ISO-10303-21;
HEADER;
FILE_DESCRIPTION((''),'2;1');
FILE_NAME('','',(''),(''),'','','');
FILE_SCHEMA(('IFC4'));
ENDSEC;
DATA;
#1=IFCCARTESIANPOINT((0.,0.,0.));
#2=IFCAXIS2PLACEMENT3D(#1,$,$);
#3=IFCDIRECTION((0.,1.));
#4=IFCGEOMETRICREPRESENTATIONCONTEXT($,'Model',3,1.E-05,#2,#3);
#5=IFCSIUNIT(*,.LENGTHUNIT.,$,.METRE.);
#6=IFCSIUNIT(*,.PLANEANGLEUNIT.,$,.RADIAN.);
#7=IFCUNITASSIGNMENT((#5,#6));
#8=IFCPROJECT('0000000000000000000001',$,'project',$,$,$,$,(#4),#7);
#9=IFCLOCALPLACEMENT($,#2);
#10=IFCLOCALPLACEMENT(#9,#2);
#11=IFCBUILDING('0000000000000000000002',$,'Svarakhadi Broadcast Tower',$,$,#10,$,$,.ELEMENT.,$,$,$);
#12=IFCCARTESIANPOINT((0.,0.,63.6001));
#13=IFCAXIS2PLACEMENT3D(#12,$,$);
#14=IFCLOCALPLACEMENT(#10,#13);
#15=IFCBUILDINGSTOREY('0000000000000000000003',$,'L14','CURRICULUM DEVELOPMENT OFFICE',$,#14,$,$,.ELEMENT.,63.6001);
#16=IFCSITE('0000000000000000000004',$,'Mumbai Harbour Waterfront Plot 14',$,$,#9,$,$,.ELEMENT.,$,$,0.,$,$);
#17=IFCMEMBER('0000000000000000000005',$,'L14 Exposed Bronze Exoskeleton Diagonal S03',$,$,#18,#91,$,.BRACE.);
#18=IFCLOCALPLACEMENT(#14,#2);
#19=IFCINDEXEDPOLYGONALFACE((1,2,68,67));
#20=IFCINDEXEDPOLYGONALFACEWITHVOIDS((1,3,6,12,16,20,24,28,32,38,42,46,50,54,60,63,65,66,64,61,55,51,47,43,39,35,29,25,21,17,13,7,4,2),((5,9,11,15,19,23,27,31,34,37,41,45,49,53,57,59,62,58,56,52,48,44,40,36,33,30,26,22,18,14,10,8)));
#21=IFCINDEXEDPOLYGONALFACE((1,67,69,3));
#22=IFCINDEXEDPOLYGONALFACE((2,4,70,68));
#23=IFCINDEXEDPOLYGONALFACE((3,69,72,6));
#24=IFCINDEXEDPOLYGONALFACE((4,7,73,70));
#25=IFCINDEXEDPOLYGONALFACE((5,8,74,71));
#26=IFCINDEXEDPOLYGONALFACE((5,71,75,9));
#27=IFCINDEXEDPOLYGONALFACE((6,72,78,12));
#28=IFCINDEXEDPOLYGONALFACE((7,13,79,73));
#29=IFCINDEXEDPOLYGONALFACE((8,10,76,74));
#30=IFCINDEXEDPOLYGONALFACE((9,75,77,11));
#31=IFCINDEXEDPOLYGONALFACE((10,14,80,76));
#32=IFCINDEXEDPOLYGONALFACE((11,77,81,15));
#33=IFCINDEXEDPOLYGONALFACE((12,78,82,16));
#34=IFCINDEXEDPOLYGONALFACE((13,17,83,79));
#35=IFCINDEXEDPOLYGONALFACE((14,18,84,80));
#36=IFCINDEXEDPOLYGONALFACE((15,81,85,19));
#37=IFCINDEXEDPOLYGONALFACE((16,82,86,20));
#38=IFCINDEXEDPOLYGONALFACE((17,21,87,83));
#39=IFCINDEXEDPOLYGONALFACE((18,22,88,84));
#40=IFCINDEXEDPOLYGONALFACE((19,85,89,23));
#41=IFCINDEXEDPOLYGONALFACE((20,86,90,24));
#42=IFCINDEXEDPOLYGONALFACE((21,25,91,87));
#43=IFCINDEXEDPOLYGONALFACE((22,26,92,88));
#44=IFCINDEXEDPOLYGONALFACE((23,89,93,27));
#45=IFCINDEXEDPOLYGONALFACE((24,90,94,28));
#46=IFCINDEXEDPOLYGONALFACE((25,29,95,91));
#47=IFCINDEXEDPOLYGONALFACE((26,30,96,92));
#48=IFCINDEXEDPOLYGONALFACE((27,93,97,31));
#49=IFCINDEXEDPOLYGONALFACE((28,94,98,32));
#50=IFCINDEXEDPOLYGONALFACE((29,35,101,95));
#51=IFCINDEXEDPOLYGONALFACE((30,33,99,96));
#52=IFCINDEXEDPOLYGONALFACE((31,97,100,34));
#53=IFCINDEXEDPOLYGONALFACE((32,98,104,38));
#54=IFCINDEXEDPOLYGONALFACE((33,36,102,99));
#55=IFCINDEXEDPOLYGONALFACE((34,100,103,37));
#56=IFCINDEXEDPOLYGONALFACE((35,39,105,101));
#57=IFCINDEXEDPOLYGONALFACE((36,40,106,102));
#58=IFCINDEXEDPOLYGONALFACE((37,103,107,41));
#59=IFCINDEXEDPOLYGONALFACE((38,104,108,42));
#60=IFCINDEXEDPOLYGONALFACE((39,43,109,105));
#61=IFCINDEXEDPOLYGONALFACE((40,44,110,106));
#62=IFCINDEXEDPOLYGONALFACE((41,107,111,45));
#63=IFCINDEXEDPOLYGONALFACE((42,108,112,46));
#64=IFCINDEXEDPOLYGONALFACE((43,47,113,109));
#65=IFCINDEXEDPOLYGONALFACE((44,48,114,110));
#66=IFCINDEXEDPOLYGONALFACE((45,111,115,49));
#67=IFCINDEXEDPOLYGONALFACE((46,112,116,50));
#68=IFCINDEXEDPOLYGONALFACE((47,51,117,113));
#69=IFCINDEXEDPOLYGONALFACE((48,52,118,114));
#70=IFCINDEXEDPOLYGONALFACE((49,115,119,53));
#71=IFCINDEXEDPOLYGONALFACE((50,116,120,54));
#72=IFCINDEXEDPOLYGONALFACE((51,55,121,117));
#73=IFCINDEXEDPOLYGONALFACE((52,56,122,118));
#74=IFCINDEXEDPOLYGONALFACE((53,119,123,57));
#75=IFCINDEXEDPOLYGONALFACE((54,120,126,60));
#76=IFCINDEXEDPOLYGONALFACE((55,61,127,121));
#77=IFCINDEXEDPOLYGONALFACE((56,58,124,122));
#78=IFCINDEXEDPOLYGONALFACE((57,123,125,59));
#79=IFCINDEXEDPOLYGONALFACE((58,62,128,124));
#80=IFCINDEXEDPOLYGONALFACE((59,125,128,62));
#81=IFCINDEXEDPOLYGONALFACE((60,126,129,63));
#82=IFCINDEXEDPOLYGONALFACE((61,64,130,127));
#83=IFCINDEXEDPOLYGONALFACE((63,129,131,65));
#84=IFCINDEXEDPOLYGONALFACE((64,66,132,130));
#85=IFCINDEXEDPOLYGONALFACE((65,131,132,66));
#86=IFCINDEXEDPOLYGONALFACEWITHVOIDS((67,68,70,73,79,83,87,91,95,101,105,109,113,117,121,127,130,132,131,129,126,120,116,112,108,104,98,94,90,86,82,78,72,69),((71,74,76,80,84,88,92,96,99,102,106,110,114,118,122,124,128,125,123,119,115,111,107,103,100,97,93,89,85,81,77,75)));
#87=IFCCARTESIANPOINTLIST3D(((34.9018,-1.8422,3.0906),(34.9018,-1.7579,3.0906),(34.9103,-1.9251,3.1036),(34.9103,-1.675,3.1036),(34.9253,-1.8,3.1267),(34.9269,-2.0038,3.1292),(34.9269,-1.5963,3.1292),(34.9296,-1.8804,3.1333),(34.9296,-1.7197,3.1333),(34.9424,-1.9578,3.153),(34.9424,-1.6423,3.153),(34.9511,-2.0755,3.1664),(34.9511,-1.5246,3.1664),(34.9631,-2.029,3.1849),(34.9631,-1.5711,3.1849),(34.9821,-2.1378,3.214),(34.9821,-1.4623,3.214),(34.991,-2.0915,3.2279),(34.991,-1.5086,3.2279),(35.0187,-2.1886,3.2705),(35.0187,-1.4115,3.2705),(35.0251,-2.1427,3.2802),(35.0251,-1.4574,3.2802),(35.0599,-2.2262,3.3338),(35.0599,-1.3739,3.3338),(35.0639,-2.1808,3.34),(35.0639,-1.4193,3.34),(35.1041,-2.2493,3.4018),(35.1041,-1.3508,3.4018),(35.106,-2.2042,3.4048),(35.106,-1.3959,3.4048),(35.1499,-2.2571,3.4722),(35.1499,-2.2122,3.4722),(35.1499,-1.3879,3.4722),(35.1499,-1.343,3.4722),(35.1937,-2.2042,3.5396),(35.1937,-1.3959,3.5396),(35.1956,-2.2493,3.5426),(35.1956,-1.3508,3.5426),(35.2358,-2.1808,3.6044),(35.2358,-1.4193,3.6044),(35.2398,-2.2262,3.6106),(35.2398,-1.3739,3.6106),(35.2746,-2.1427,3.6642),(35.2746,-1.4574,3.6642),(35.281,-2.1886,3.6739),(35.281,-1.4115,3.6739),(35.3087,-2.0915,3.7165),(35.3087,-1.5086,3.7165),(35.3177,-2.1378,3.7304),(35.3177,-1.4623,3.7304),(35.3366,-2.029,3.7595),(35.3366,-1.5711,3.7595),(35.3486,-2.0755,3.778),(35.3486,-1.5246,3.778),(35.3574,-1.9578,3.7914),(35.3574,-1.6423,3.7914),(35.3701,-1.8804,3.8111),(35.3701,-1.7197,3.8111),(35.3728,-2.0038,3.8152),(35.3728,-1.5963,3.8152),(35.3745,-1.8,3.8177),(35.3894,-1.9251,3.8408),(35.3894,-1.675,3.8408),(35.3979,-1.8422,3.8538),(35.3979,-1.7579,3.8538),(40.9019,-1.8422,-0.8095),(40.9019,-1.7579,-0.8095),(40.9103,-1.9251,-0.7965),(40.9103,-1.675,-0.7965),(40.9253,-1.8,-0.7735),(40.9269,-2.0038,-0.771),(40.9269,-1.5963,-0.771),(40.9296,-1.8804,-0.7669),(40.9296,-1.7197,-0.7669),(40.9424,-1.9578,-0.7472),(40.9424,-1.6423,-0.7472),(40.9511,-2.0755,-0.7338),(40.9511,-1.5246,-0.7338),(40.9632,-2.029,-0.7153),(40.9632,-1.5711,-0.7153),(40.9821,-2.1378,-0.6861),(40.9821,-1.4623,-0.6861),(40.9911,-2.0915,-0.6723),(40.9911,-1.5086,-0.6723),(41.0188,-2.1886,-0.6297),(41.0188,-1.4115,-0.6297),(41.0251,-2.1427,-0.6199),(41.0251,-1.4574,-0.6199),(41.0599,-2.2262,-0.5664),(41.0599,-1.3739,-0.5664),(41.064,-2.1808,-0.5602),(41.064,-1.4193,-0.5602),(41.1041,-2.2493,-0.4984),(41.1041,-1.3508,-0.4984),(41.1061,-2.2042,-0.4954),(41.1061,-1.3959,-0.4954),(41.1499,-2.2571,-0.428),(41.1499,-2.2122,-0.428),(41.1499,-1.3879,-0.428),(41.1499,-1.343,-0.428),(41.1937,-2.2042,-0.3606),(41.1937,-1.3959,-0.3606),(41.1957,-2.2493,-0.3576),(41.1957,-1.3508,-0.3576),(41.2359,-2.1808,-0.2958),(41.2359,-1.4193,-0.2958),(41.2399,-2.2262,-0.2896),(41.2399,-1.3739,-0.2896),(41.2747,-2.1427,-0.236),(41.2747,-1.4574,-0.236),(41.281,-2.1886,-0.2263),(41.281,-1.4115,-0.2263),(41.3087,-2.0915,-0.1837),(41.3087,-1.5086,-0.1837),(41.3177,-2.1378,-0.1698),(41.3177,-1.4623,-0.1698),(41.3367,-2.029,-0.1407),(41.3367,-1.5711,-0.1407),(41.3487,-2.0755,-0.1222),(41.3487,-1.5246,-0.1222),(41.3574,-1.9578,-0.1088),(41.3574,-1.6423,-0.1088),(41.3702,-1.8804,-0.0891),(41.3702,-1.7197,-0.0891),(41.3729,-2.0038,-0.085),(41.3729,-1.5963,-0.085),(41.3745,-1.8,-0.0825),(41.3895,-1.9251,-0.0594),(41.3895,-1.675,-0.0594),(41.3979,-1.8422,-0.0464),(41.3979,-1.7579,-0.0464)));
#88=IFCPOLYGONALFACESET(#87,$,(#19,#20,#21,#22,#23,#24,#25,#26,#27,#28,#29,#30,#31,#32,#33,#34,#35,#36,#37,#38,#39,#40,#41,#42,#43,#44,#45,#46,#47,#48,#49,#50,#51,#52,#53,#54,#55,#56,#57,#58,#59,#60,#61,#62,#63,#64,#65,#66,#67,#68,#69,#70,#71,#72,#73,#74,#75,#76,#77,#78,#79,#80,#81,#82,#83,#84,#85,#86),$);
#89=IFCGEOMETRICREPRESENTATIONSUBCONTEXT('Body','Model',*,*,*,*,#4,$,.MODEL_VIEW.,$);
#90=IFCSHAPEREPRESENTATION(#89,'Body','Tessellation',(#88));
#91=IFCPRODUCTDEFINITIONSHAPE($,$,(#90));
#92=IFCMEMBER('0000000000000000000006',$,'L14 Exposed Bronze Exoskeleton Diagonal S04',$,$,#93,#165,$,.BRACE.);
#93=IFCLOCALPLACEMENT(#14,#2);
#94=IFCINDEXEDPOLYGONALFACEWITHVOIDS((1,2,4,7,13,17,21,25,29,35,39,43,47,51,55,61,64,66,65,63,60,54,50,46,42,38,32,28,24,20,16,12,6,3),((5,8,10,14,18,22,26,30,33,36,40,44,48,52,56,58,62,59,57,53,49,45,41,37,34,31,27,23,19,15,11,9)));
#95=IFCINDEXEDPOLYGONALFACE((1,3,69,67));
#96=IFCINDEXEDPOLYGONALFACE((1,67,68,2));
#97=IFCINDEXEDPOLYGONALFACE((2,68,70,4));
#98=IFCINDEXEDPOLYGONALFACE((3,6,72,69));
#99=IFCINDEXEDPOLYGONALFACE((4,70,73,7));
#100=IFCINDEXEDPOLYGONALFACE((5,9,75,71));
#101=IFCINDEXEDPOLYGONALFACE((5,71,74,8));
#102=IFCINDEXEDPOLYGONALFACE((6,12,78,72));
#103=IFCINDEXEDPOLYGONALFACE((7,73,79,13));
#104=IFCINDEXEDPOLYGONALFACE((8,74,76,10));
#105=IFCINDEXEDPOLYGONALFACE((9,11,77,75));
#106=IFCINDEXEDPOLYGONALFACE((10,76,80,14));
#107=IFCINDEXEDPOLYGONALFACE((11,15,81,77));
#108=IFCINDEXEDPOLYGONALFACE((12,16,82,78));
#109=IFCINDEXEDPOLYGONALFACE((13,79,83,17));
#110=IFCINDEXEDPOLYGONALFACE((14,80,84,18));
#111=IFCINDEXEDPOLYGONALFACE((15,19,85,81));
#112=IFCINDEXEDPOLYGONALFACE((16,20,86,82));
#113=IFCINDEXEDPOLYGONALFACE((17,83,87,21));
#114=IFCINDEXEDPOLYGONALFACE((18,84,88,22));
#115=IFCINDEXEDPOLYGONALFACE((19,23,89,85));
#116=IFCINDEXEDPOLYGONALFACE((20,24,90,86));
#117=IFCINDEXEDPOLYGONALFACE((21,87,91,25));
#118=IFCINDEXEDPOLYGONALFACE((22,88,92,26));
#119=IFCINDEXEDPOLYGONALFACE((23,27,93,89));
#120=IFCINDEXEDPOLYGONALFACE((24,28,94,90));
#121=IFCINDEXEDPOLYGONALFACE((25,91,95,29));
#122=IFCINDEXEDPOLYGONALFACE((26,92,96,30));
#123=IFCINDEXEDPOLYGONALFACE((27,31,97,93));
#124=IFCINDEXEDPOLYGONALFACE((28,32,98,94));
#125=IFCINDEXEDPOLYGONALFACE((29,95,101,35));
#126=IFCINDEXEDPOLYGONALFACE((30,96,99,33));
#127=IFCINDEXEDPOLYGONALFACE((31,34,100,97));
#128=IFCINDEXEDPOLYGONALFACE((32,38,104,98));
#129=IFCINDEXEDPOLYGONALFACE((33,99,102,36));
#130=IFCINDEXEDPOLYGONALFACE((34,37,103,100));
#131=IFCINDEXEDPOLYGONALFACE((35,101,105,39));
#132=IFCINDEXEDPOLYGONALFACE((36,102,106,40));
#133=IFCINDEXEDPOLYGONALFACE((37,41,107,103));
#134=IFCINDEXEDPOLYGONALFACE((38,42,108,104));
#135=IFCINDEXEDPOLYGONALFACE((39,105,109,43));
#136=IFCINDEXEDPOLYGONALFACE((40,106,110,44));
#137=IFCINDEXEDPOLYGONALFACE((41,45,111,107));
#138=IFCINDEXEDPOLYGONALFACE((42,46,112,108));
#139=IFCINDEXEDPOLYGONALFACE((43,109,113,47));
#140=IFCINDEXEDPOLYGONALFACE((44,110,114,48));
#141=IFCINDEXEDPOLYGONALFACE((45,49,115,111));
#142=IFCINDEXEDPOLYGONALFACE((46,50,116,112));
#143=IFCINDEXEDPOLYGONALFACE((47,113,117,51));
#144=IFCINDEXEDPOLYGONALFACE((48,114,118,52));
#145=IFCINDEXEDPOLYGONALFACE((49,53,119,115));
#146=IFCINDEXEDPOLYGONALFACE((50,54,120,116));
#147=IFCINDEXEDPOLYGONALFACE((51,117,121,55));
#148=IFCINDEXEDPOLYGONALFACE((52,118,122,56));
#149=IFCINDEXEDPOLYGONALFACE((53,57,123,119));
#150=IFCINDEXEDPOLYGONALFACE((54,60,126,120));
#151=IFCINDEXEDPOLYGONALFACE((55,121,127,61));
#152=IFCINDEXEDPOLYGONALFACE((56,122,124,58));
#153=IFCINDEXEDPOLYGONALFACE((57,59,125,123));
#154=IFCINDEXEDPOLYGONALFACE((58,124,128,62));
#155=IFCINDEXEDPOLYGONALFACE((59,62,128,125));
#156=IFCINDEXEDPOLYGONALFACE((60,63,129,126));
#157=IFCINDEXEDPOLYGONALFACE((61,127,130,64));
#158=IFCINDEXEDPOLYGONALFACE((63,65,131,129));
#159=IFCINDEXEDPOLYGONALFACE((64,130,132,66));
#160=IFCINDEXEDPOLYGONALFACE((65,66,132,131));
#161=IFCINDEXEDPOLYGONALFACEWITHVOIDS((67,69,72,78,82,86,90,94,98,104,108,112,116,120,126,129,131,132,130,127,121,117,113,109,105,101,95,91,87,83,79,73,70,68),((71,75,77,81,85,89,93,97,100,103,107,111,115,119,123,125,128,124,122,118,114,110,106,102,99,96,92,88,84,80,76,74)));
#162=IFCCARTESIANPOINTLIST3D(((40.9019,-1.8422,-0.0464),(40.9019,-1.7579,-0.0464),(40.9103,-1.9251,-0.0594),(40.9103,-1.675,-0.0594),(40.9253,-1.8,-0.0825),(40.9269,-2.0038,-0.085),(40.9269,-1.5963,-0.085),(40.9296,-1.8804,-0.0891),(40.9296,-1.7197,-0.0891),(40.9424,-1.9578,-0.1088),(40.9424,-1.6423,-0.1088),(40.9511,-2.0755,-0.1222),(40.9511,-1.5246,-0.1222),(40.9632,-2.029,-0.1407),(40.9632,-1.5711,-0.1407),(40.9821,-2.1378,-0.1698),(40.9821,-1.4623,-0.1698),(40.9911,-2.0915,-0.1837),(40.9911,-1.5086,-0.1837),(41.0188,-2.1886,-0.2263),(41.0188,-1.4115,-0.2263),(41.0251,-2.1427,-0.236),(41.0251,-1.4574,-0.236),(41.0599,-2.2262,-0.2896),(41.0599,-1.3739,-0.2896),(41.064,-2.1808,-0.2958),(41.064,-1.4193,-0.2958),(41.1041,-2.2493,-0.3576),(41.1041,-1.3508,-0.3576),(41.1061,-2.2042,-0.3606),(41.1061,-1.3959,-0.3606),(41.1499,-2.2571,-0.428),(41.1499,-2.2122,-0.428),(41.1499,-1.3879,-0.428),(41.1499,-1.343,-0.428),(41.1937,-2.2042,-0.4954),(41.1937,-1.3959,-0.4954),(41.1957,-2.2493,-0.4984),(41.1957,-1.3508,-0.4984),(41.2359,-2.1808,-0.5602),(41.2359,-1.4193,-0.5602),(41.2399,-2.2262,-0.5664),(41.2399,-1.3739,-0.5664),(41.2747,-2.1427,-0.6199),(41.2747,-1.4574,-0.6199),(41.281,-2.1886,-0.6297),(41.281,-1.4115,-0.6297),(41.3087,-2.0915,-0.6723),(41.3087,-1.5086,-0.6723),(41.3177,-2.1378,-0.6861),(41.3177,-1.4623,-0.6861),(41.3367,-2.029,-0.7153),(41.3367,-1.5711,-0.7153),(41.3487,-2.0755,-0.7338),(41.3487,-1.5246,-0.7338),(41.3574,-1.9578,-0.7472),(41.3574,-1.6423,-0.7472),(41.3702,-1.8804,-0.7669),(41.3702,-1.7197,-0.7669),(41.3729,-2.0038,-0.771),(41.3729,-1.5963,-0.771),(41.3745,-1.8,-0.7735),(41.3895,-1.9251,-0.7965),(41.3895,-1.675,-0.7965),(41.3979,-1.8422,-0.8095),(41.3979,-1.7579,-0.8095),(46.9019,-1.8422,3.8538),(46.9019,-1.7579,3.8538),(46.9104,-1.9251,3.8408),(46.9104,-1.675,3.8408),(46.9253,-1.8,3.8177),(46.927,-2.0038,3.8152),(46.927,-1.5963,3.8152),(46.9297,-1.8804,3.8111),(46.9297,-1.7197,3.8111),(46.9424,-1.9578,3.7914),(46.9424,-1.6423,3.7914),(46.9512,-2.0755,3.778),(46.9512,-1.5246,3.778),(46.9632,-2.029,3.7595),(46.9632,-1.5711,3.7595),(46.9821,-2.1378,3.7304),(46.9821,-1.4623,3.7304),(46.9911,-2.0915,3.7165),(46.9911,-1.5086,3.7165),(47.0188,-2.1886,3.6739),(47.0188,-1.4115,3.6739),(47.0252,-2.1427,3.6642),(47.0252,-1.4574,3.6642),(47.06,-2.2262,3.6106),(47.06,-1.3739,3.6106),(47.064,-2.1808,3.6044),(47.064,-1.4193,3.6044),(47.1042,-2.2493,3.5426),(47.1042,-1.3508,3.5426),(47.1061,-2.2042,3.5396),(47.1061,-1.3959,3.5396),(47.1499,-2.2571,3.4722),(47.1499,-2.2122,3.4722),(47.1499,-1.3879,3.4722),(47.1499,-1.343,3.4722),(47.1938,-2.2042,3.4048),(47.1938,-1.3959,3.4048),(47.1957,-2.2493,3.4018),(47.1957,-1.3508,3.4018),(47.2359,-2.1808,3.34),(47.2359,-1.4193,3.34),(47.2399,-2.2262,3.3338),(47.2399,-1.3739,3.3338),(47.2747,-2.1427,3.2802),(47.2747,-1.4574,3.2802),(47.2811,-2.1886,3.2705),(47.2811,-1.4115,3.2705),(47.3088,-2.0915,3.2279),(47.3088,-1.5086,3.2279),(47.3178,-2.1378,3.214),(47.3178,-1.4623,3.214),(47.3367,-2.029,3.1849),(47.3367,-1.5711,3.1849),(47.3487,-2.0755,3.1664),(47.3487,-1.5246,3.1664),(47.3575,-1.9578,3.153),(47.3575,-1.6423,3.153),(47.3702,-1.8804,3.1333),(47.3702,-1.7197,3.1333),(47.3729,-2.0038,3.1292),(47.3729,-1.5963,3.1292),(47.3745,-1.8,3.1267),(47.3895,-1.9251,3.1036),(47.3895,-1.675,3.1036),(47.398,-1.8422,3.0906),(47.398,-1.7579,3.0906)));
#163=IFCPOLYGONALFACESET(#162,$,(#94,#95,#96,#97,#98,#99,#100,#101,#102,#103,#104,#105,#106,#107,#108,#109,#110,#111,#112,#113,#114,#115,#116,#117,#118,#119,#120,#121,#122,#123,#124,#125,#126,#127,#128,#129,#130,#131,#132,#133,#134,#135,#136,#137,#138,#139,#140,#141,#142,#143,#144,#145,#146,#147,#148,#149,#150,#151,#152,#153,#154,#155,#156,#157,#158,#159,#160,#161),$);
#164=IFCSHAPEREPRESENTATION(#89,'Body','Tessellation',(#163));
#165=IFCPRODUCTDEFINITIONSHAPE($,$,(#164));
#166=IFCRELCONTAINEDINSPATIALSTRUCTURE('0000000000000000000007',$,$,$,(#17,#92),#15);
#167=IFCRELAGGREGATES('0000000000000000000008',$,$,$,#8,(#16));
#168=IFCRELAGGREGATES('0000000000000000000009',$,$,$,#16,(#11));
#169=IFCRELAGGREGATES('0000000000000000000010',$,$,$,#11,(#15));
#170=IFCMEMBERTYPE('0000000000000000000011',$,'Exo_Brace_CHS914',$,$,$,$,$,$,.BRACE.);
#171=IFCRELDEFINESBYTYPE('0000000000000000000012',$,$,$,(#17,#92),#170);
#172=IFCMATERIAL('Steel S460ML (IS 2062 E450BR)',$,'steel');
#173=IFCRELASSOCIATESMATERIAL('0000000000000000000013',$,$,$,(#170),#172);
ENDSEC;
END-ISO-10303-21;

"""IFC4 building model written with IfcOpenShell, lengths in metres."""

from ifc_helpers import new_model, si_unit, direction, frame, origin, origin_2d, place, context, subcontext, project, spatial, hollow_circle, extrude, material, material_profile, profile_set, type_object, element, save


model = new_model("IFC4")

# Units and contexts
model_context = context("Model", 3, precision=1e-05, world=origin(), true_north=direction((0.0, 1.0)))
body_context = subcontext(model_context, "Body", "Model", "MODEL_VIEW")
ifc_project = project(units=[si_unit("LENGTHUNIT", "METRE"), si_unit("PLANEANGLEUNIT", "RADIAN")], contexts=[model_context])

# Site, building, storey
site_placement = place(None, origin())
site = spatial("IfcSite", under=ifc_project, at=site_placement, Name="Mumbai Harbour Waterfront Plot 14", CompositionType="ELEMENT", RefElevation=0.0)
building_placement = place(site_placement, origin())
building = spatial("IfcBuilding", under=site, at=building_placement, Name="Svarakhadi Broadcast Tower", CompositionType="ELEMENT")
storey_placement = place(building_placement, frame((0.0, 0.0, 63.6001)))
storey = spatial("IfcBuildingStorey", under=building, at=storey_placement, Name="L14", Description="CURRICULUM DEVELOPMENT OFFICE", CompositionType="ELEMENT", Elevation=63.6001)

# Shared definitions
ifc_material_1 = material(Name="Steel S460ML (IS 2062 E450BR)", Category="steel")

# Members
ifc_material_profile_1 = material_profile(ifc_material_1, hollow_circle(Radius=0.457, WallThickness=0.0449, at=origin_2d()), Name="CHS 914x45")
ifc_profile_set_1 = profile_set([ifc_material_profile_1], Name="Steel S460ML (IS 2062 E450BR)")
member_type_1 = type_object("IfcMemberType", Name="Exo_Brace_CHS914", PredefinedType="BRACE", material=ifc_profile_set_1)
for number, where, z_axis, x_axis, name in (
    (1, (41.1499, -1.8, -0.428), (-0.838434, 0.0, 0.545003), (0.0, -1.0, 0.0), "L14 Exposed Bronze Exoskeleton Diagonal S03"),
    (2, (41.1499, -1.8, -0.428), (0.838434, 0.0, 0.545003), (0.0, 1.0, 0.0), "L14 Exposed Bronze Exoskeleton Diagonal S04"),
):
    element("IfcMember", number, at=place(storey_placement, frame(where, z_axis=z_axis, x_axis=x_axis)), inside=storey, type_object=member_type_1, Name=name, PredefinedType="BRACE", context=body_context, shape_type="SweptSolid", body=[
        extrude(hollow_circle(Radius=0.457, WallThickness=0.0449, at=origin_2d()), origin(), (0.0, 0.0, 1.0), 7.1562),
    ])

save(model, "model.ifc")
